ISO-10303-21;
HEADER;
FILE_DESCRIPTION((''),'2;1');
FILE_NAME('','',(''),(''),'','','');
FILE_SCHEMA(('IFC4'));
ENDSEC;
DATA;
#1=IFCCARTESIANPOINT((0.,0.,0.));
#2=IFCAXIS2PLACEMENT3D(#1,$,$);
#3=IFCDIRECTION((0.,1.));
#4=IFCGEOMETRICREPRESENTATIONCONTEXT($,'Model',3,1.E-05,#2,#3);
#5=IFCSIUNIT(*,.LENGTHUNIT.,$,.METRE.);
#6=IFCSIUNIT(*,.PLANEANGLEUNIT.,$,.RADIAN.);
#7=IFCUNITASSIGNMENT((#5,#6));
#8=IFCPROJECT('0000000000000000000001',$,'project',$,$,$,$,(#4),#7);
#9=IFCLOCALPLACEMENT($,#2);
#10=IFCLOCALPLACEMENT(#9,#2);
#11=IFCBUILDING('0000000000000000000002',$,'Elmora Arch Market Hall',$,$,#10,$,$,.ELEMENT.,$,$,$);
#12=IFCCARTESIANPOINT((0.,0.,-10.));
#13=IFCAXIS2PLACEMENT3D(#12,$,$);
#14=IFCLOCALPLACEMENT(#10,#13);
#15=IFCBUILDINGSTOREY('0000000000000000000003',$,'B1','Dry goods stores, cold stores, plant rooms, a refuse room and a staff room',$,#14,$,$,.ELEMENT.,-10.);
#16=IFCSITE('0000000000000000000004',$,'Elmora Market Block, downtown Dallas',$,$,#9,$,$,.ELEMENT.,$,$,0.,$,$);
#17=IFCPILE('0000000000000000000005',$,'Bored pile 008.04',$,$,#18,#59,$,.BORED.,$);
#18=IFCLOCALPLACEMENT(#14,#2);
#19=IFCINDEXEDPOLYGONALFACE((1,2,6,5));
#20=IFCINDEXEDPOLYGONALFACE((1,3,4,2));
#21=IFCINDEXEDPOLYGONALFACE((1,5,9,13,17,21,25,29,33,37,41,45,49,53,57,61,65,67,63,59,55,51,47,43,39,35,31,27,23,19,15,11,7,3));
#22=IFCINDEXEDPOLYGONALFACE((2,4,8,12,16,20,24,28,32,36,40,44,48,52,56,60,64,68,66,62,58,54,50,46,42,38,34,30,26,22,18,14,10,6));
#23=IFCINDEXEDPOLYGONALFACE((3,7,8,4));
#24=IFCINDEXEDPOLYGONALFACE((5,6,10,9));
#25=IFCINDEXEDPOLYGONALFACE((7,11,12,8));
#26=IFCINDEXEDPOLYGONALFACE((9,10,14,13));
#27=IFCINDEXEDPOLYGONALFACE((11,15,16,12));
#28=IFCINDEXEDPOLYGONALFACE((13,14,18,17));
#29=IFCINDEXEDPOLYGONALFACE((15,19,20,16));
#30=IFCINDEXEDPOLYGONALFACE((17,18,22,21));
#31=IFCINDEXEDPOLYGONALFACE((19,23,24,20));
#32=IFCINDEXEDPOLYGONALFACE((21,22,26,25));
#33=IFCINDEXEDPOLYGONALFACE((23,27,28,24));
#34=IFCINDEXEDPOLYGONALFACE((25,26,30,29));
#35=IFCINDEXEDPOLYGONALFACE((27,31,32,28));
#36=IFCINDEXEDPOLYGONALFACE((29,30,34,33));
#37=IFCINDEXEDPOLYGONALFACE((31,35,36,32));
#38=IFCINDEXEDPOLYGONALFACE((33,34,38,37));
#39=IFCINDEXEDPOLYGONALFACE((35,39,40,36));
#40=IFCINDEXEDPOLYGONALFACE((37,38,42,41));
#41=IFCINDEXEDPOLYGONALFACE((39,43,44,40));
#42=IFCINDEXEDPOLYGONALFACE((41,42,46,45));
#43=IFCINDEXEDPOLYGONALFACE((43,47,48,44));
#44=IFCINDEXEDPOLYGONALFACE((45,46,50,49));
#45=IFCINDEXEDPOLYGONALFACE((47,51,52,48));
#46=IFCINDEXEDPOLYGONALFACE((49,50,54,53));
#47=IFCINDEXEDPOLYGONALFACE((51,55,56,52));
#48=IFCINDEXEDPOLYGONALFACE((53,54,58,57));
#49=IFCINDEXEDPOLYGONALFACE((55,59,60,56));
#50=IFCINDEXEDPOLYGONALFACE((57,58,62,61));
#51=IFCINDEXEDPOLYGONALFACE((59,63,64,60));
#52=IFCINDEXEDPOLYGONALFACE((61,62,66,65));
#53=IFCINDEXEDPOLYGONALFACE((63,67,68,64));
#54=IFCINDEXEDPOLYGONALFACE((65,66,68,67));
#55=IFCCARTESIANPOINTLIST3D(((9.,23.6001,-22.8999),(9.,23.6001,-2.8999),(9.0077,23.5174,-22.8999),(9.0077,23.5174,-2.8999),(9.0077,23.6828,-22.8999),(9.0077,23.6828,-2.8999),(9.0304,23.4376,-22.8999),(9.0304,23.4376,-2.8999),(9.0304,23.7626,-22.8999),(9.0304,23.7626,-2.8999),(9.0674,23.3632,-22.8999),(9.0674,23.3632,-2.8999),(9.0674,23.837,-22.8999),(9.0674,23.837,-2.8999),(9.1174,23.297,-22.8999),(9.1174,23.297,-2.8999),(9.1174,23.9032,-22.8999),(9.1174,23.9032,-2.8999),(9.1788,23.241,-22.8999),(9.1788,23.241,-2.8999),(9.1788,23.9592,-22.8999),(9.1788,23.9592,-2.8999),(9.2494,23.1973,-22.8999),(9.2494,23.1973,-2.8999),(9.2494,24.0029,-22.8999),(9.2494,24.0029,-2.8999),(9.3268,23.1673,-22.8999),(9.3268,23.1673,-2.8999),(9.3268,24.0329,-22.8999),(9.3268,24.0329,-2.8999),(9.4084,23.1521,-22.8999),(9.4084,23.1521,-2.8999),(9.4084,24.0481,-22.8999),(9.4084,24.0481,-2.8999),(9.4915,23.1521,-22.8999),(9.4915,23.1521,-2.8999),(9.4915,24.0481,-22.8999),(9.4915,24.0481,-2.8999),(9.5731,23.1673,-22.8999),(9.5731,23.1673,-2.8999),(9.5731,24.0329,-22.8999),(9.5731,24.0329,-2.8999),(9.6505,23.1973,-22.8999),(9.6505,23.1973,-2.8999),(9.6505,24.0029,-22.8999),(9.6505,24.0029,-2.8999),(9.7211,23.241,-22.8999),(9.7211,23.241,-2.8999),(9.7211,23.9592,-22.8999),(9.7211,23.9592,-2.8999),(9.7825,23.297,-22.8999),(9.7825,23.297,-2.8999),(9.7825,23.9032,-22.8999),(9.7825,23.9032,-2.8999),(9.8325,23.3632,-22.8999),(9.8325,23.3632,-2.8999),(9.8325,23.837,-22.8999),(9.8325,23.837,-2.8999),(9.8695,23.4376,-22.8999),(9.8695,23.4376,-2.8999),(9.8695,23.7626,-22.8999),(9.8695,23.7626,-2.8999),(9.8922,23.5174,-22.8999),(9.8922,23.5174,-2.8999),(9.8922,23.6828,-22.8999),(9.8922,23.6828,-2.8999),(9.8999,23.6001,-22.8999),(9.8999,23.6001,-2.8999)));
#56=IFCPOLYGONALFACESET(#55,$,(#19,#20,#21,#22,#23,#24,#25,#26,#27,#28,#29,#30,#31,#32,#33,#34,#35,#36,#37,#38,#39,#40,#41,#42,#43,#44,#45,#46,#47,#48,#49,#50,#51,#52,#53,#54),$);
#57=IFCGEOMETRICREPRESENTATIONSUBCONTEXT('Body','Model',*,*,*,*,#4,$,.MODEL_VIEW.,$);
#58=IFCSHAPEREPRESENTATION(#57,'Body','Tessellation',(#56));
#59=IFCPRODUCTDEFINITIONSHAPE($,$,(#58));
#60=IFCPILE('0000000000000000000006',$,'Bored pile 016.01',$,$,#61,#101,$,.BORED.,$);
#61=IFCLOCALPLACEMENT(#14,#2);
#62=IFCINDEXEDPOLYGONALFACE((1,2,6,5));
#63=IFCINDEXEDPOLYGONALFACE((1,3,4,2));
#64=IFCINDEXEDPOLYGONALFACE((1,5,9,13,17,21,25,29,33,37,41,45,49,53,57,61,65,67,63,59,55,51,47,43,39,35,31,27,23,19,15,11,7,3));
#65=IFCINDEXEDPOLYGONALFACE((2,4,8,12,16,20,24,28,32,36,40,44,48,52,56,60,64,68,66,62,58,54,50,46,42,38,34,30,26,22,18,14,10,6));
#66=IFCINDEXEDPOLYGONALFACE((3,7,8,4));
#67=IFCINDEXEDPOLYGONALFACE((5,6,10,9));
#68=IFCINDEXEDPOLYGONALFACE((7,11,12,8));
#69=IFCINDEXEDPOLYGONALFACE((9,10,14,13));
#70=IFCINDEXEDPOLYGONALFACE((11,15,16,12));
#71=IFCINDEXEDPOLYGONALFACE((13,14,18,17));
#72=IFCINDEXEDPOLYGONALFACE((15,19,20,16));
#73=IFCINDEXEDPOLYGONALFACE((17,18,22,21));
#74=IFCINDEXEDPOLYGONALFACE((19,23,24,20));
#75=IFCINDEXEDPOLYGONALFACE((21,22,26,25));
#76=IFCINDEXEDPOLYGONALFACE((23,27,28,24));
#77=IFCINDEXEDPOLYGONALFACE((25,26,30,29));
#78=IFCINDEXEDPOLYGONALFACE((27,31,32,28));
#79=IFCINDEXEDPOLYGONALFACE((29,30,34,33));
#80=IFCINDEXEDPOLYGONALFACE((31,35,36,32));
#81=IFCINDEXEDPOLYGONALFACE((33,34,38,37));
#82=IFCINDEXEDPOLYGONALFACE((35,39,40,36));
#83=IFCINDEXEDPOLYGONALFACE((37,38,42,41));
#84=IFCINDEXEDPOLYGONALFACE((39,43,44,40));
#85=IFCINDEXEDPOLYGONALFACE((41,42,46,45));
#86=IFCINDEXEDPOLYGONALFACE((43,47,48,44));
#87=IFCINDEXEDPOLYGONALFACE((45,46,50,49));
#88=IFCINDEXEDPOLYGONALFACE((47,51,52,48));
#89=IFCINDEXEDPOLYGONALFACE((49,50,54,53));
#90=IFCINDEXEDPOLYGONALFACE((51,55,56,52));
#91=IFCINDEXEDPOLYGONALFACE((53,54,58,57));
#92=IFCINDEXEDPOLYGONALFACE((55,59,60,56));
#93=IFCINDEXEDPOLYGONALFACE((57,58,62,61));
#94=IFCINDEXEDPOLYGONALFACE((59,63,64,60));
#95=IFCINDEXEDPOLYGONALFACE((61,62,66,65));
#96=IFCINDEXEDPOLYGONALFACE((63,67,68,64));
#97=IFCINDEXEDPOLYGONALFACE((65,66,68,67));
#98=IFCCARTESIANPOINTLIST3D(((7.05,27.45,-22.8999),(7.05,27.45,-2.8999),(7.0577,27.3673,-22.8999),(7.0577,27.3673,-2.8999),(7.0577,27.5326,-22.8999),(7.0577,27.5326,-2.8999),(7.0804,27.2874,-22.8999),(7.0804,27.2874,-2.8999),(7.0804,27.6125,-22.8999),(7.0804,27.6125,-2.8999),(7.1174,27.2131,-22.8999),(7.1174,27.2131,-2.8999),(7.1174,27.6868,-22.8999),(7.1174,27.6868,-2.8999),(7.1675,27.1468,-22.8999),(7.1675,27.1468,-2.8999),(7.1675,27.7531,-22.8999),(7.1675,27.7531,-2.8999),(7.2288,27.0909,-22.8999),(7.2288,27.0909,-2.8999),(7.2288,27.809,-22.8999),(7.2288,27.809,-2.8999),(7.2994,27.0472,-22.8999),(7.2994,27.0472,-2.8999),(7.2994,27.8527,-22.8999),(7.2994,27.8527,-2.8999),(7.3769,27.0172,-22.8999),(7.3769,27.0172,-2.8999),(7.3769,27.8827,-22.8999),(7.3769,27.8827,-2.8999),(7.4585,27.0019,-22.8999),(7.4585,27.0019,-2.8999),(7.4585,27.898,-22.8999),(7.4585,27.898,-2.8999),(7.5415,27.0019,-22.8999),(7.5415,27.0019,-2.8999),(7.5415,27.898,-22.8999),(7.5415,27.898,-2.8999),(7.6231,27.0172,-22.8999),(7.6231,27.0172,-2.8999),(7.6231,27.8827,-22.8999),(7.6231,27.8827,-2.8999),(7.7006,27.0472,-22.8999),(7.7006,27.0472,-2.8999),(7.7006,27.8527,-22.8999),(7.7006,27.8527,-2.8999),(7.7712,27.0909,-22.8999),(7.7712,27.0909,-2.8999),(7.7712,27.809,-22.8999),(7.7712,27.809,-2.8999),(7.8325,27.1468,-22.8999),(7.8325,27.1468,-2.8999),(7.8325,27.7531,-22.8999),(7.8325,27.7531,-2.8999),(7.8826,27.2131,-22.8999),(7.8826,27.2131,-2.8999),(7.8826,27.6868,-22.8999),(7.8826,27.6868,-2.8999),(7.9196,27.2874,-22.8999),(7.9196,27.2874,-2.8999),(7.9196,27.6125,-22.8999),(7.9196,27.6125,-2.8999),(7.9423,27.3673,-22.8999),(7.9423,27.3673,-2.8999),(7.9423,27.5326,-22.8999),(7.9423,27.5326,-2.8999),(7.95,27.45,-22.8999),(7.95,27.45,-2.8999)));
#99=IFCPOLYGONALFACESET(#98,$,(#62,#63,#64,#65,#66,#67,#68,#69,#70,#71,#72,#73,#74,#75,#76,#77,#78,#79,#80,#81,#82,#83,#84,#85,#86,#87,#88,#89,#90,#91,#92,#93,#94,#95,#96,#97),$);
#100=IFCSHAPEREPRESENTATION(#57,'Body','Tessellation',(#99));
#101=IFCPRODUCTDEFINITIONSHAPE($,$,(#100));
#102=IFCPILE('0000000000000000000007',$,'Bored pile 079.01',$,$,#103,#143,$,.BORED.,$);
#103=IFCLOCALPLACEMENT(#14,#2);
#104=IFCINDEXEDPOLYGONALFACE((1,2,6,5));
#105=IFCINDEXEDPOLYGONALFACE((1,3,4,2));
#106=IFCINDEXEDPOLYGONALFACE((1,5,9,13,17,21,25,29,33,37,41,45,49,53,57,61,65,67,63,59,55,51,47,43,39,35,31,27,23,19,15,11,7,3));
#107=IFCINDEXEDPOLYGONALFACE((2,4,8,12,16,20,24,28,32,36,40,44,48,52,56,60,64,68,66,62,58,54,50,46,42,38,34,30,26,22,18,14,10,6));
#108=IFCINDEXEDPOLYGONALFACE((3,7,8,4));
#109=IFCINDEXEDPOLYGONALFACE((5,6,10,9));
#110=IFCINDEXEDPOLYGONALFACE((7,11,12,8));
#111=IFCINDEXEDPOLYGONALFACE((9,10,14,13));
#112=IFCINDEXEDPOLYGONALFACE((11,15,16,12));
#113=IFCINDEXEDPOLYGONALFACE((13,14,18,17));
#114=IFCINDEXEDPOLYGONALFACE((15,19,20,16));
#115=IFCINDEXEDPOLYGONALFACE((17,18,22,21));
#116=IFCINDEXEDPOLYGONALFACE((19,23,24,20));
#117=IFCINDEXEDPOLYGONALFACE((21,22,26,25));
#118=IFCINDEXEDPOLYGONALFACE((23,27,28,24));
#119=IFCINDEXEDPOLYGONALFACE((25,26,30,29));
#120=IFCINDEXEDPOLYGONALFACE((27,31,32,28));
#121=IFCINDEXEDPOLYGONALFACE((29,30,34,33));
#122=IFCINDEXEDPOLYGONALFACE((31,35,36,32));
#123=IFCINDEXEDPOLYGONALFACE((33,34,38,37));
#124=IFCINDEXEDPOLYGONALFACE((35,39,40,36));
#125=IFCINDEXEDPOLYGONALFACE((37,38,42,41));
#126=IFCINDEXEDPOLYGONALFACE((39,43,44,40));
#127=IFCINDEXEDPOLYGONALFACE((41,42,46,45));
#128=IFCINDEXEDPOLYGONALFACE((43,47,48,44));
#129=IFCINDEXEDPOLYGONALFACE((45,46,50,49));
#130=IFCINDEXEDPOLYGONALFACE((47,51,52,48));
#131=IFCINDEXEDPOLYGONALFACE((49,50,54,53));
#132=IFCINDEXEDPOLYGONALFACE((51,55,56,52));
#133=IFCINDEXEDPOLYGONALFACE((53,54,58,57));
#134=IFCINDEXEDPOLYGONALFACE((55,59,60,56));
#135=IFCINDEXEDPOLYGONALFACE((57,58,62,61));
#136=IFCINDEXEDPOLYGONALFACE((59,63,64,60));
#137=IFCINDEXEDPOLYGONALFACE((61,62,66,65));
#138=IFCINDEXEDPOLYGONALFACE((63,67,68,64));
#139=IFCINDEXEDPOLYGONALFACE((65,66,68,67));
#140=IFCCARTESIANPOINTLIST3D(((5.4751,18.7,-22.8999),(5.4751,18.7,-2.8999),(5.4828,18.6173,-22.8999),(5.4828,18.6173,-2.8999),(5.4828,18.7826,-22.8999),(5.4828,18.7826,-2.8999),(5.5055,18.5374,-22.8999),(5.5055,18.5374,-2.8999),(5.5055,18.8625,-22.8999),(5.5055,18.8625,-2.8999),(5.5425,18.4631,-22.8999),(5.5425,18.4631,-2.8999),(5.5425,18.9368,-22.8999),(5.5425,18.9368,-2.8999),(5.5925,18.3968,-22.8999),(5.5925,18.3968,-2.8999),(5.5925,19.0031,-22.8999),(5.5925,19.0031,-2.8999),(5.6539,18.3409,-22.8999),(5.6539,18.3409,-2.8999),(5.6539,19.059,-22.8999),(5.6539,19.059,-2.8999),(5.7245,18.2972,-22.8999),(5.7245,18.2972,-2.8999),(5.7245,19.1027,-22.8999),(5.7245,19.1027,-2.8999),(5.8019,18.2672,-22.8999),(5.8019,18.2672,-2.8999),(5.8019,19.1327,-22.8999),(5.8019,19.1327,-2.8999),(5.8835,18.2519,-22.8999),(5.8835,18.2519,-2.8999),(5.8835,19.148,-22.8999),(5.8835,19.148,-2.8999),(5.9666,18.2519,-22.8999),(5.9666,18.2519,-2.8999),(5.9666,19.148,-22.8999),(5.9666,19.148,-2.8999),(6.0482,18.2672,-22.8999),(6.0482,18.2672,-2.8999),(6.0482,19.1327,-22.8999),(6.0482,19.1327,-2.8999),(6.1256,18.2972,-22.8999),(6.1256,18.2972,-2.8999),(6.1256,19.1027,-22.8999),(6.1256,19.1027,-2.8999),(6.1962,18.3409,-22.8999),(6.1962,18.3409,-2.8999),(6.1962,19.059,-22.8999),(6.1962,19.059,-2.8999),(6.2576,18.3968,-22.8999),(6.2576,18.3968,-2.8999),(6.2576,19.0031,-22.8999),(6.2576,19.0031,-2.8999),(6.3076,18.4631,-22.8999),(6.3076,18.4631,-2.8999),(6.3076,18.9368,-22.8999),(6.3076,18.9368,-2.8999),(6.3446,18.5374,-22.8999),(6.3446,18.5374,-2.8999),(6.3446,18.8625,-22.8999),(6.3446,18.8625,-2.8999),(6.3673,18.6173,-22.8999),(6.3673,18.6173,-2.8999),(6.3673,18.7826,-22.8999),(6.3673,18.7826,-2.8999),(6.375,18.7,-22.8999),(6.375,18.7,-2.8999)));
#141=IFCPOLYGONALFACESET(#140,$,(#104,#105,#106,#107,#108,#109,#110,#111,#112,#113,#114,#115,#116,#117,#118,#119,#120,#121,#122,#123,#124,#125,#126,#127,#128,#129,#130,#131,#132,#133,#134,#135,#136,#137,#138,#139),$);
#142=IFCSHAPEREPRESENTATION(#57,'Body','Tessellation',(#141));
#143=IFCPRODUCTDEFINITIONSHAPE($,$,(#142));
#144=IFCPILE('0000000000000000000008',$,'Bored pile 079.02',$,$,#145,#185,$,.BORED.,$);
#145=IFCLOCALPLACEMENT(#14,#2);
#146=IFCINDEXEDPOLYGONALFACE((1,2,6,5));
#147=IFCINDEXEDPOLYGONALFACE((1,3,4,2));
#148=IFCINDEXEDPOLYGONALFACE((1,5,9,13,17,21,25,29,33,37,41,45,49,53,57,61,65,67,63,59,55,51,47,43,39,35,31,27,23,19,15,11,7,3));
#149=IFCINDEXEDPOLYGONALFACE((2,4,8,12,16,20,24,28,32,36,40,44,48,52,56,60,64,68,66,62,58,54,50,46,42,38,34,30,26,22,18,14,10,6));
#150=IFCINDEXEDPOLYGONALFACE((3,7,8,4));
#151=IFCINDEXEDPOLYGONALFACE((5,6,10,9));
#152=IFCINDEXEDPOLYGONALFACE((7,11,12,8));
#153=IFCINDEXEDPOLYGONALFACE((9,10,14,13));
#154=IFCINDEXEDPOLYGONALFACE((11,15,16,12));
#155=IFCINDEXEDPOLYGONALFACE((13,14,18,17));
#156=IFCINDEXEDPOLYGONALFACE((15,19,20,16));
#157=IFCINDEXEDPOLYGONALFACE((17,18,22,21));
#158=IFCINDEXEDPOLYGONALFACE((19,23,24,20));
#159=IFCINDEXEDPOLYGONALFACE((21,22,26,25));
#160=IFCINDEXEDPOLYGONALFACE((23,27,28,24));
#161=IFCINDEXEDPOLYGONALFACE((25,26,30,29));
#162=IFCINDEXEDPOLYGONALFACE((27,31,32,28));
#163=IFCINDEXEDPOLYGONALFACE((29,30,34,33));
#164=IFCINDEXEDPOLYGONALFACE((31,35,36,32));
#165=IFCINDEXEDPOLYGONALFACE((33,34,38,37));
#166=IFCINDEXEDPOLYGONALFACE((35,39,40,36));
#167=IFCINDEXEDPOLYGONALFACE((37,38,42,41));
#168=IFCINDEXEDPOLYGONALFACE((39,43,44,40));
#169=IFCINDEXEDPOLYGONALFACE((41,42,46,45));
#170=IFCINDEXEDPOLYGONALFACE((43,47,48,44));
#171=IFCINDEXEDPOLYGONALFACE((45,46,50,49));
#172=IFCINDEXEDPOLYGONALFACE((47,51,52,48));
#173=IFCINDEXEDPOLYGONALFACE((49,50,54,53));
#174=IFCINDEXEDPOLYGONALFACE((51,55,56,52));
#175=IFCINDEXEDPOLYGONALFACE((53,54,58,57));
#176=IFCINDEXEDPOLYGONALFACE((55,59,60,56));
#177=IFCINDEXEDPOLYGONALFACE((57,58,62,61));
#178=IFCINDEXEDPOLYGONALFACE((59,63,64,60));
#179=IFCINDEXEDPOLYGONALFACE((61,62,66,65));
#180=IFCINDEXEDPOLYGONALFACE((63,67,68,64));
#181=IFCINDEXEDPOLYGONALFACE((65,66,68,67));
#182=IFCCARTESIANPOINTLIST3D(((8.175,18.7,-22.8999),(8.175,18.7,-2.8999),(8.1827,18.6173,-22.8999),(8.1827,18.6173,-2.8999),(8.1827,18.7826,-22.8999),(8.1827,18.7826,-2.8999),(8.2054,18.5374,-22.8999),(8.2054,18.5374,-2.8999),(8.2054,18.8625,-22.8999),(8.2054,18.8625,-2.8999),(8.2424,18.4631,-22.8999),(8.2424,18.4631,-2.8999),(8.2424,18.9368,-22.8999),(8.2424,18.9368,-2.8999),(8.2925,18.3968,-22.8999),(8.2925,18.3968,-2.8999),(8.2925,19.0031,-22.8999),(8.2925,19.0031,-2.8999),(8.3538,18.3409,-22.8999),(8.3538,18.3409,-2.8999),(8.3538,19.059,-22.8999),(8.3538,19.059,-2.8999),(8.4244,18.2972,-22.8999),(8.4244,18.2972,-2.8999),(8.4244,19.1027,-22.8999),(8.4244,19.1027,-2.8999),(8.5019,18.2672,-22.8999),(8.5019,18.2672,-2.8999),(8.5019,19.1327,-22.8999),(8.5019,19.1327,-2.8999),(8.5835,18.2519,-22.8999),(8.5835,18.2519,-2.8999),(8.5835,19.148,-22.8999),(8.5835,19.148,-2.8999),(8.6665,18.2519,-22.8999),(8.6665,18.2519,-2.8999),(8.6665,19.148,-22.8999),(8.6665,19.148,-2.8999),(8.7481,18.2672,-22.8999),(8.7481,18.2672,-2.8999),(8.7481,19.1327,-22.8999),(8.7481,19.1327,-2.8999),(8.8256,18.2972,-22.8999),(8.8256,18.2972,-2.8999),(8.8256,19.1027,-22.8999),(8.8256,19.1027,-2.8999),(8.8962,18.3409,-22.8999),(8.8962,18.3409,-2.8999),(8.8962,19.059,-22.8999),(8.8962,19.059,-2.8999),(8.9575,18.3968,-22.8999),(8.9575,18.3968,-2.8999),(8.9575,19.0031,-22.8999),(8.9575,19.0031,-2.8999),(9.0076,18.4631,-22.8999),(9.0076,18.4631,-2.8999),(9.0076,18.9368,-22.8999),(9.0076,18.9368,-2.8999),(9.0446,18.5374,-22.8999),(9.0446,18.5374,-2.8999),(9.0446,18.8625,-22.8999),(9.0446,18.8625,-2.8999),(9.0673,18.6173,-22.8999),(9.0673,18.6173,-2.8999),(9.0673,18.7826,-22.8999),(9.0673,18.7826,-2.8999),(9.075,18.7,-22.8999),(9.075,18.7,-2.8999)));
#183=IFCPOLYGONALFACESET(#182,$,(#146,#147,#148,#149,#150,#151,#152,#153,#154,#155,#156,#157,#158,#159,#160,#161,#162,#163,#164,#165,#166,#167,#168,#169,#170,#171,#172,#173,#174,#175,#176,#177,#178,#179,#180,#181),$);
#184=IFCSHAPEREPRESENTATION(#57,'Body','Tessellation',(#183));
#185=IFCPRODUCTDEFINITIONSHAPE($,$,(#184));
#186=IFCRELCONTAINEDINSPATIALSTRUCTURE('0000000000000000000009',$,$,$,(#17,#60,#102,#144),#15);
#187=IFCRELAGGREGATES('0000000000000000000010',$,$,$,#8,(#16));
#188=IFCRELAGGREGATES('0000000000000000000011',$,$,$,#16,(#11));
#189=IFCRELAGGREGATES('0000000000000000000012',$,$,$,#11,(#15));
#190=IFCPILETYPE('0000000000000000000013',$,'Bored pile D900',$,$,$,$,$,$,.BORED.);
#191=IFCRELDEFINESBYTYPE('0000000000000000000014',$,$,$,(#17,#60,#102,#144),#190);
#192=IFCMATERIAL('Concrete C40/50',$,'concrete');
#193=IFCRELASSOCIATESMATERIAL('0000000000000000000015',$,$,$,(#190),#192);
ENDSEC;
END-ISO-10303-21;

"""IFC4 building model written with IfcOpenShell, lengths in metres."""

from ifc_helpers import new_model, si_unit, direction, frame, origin, origin_2d, place, context, subcontext, project, spatial, circle, extrude, material, material_profile, profile_set, type_object, element, save


model = new_model("IFC4")

# Units and contexts
model_context = context("Model", 3, precision=1e-05, world=origin(), true_north=direction((0.0, 1.0)))
body_context = subcontext(model_context, "Body", "Model", "MODEL_VIEW")
ifc_project = project(units=[si_unit("LENGTHUNIT", "METRE"), si_unit("PLANEANGLEUNIT", "RADIAN")], contexts=[model_context])

# Site, building, storey
site_placement = place(None, origin())
site = spatial("IfcSite", under=ifc_project, at=site_placement, Name="Elmora Market Block, downtown Dallas", CompositionType="ELEMENT", RefElevation=0.0)
building_placement = place(site_placement, origin())
building = spatial("IfcBuilding", under=site, at=building_placement, Name="Elmora Arch Market Hall", CompositionType="ELEMENT")
storey_placement = place(building_placement, frame((0.0, 0.0, -10.0)))
storey = spatial("IfcBuildingStorey", under=building, at=storey_placement, Name="B1", Description="Dry goods stores, cold stores, plant rooms, a refuse room and a staff room", CompositionType="ELEMENT", Elevation=-10.0)

# Piles
ifc_material_1 = material(Name="Concrete C40/50", Category="concrete")
ifc_material_profile_1 = material_profile(ifc_material_1, circle(Radius=0.45, at=origin_2d()), Name="Bored pile D900")
ifc_profile_set_1 = profile_set([ifc_material_profile_1], Name="Concrete C40/50")
pile_type = type_object("IfcPileType", Name="Bored pile D900", PredefinedType="BORED", material=ifc_profile_set_1)
for number, where, z_axis, x_axis, name in (
    (1, (9.45, 23.6001, -2.8999), (0.0, 0.0, -1.0), (1.0, 0.0, 0.0), "Bored pile 008.04"),
    (2, (7.5, 27.45, -2.8999), (0.0, 0.0, -1.0), (1.0, 0.0, 0.0), "Bored pile 016.01"),
    (3, (5.925, 18.7, -2.8999), (0.0, 0.0, -1.0), (1.0, 0.0, 0.0), "Bored pile 079.01"),
    (4, (8.625, 18.7, -2.8999), (0.0, 0.0, -1.0), (1.0, 0.0, 0.0), "Bored pile 079.02"),
):
    element("IfcPile", number, at=place(storey_placement, frame(where, z_axis=z_axis, x_axis=x_axis)), inside=storey, type_object=pile_type, Name=name, PredefinedType="BORED", context=body_context, shape_type="SweptSolid", body=[
        extrude(circle(Radius=0.45, at=origin_2d()), origin(), (0.0, 0.0, 1.0), 20.0),
    ])

save(model, "model.ifc")
